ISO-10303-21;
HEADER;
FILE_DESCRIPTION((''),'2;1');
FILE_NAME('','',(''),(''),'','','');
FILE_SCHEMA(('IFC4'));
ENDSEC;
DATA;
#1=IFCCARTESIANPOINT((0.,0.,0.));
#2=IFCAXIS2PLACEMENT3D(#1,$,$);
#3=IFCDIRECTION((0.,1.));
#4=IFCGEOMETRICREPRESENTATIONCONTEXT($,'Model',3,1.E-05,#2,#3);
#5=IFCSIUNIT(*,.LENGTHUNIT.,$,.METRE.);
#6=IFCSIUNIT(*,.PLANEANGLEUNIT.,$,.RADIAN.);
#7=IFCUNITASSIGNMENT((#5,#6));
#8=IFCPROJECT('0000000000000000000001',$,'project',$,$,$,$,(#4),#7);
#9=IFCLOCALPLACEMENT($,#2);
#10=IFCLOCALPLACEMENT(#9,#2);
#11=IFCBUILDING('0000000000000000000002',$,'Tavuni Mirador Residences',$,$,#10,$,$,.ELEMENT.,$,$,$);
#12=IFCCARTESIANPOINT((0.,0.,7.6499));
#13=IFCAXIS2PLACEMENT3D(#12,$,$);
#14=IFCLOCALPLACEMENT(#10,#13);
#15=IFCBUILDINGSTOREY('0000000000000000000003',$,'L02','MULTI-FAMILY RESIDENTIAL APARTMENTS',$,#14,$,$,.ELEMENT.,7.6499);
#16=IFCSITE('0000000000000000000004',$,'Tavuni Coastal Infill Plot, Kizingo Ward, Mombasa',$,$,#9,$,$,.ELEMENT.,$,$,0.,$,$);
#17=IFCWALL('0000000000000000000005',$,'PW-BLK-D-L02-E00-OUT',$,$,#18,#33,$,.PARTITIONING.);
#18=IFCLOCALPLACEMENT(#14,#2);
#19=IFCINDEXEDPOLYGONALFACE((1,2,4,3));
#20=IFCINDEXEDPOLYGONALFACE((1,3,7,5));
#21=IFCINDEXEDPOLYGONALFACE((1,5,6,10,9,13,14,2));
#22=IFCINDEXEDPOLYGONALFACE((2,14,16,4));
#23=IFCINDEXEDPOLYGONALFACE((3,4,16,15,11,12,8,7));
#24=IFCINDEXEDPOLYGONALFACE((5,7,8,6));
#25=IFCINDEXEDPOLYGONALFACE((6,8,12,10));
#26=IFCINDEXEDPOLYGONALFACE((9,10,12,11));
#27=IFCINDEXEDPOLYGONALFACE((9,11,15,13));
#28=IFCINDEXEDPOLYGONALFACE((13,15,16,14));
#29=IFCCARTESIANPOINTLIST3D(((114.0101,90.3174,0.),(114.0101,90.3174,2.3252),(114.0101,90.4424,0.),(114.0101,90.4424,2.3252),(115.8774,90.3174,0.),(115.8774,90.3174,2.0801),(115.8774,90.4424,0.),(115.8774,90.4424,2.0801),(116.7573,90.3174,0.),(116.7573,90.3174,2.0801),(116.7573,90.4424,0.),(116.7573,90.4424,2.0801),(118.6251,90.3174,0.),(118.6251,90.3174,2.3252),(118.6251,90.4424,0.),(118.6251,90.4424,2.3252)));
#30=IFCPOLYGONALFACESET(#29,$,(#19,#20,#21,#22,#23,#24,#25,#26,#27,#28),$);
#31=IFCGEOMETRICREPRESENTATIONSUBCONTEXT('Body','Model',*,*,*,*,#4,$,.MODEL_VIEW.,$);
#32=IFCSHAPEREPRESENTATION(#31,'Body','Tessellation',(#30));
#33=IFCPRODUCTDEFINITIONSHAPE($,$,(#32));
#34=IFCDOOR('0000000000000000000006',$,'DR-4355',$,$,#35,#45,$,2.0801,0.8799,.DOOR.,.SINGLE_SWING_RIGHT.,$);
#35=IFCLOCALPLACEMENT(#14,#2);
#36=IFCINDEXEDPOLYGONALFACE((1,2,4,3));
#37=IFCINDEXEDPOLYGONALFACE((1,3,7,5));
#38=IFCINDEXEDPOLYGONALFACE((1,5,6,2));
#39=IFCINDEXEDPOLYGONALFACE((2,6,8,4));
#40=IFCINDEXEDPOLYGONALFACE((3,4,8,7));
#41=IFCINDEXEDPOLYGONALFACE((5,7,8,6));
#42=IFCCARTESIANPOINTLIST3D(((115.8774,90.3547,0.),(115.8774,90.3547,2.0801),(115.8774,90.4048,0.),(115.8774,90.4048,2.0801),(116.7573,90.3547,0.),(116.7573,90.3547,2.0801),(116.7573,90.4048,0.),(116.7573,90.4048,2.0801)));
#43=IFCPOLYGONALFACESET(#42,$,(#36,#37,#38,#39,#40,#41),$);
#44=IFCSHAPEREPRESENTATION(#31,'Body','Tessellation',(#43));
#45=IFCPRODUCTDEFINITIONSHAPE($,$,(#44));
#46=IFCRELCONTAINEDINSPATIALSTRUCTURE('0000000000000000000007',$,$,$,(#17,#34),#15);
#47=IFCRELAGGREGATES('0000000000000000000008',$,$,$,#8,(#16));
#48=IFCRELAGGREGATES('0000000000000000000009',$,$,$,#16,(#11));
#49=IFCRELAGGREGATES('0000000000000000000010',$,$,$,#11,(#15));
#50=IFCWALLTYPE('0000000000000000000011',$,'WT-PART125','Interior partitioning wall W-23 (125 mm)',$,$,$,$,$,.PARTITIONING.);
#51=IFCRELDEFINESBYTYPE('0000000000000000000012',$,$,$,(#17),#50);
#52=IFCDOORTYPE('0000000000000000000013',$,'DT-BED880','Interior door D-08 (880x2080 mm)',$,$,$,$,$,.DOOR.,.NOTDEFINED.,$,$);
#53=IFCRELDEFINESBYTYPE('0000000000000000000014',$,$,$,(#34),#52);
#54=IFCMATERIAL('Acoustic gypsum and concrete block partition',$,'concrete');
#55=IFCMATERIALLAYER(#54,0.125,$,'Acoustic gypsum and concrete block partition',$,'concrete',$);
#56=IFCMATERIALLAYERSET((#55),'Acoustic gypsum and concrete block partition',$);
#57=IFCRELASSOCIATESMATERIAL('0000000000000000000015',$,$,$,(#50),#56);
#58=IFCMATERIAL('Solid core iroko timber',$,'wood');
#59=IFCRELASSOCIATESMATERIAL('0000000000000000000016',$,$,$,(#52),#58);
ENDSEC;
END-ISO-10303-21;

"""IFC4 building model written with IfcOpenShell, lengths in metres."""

from ifc_helpers import new_model, si_unit, direction, frame, frame_2d, origin, place, context, subcontext, project, spatial, rectangle, extrude, material, layer, layer_set, type_object, element, fill, save


model = new_model("IFC4")

# Units and contexts
model_context = context("Model", 3, precision=1e-05, world=origin(), true_north=direction((0.0, 1.0)))
body_context = subcontext(model_context, "Body", "Model", "MODEL_VIEW")
ifc_project = project(units=[si_unit("LENGTHUNIT", "METRE"), si_unit("PLANEANGLEUNIT", "RADIAN")], contexts=[model_context])

# Site, building, storey
site_placement = place(None, origin())
site = spatial("IfcSite", under=ifc_project, at=site_placement, Name="Tavuni Coastal Infill Plot, Kizingo Ward, Mombasa", CompositionType="ELEMENT", RefElevation=0.0)
building_placement = place(site_placement, origin())
building = spatial("IfcBuilding", under=site, at=building_placement, Name="Tavuni Mirador Residences", CompositionType="ELEMENT")
storey_placement = place(building_placement, frame((0.0, 0.0, 7.6499)))
storey = spatial("IfcBuildingStorey", under=building, at=storey_placement, Name="L02", Description="MULTI-FAMILY RESIDENTIAL APARTMENTS", CompositionType="ELEMENT", Elevation=7.6499)

# Wall, opening, door
ifc_material_1 = material(Name="Acoustic gypsum and concrete block partition", Category="concrete")
ifc_layer_1 = layer(ifc_material_1, 0.125, Name="Acoustic gypsum and concrete block partition", Category="concrete")
ifc_layer_set_1 = layer_set([ifc_layer_1], Name="Acoustic gypsum and concrete block partition")
wall_type_1 = type_object("IfcWallType", Name="WT-PART125", Description="Interior partitioning wall W-23 (125 mm)", PredefinedType="PARTITIONING", material=ifc_layer_set_1)
wall_1_placement = place(storey_placement, frame((114.01, 90.3799, 0.0), z_axis=(0.0, 0.0, 1.0), x_axis=(1.0, 0.0, 0.0)))
wall_1 = element("IfcWall", 1, at=wall_1_placement, inside=storey, type_object=wall_type_1, Name="PW-BLK-D-L02-E00-OUT", PredefinedType="PARTITIONING", context=body_context, shape_type="SweptSolid", body=[
    extrude(rectangle(XDim=4.615, YDim=0.125, at=frame_2d((2.3076, 0.0))), origin(), (0.0, 0.0, 1.0), 2.3252),
])
opening_1_placement = place(wall_1_placement, frame((1.8674, 0.0, 0.0)))
opening_1 = element("IfcOpeningElement", 2, at=opening_1_placement, cuts=wall_1, PredefinedType="OPENING", context=body_context, shape_type="SweptSolid", body=[
    extrude(rectangle(XDim=0.8799, YDim=2.0801, at=frame_2d((0.4399, 1.04))), frame((0.0, 0.0725, 0.0), z_axis=(0.0, -1.0, 0.0), x_axis=(1.0, 0.0, 0.0)), (0.0, 0.0, 1.0), 0.145),
])
ifc_material_2 = material(Name="Solid core iroko timber", Category="wood")
door_type = type_object("IfcDoorType", Name="DT-BED880", Description="Interior door D-08 (880x2080 mm)", OperationType="NOTDEFINED", PredefinedType="DOOR", material=ifc_material_2)
door_placement = place(opening_1_placement, origin())
door = element("IfcDoor", 3, at=door_placement, inside=storey, type_object=door_type, Name="DR-4355", OperationType="SINGLE_SWING_RIGHT", OverallHeight=2.0801, OverallWidth=0.8799, PredefinedType="DOOR", context=body_context, shape_type="SweptSolid", body=[
    extrude(rectangle(XDim=0.8799, YDim=2.0801, at=frame_2d((0.4399, 1.04))), frame((0.0, 0.0249, 0.0), z_axis=(0.0, -1.0, 0.0), x_axis=(1.0, 0.0, 0.0)), (0.0, 0.0, 1.0), 0.05),
])
fill(opening_1, door)

save(model, "model.ifc")
